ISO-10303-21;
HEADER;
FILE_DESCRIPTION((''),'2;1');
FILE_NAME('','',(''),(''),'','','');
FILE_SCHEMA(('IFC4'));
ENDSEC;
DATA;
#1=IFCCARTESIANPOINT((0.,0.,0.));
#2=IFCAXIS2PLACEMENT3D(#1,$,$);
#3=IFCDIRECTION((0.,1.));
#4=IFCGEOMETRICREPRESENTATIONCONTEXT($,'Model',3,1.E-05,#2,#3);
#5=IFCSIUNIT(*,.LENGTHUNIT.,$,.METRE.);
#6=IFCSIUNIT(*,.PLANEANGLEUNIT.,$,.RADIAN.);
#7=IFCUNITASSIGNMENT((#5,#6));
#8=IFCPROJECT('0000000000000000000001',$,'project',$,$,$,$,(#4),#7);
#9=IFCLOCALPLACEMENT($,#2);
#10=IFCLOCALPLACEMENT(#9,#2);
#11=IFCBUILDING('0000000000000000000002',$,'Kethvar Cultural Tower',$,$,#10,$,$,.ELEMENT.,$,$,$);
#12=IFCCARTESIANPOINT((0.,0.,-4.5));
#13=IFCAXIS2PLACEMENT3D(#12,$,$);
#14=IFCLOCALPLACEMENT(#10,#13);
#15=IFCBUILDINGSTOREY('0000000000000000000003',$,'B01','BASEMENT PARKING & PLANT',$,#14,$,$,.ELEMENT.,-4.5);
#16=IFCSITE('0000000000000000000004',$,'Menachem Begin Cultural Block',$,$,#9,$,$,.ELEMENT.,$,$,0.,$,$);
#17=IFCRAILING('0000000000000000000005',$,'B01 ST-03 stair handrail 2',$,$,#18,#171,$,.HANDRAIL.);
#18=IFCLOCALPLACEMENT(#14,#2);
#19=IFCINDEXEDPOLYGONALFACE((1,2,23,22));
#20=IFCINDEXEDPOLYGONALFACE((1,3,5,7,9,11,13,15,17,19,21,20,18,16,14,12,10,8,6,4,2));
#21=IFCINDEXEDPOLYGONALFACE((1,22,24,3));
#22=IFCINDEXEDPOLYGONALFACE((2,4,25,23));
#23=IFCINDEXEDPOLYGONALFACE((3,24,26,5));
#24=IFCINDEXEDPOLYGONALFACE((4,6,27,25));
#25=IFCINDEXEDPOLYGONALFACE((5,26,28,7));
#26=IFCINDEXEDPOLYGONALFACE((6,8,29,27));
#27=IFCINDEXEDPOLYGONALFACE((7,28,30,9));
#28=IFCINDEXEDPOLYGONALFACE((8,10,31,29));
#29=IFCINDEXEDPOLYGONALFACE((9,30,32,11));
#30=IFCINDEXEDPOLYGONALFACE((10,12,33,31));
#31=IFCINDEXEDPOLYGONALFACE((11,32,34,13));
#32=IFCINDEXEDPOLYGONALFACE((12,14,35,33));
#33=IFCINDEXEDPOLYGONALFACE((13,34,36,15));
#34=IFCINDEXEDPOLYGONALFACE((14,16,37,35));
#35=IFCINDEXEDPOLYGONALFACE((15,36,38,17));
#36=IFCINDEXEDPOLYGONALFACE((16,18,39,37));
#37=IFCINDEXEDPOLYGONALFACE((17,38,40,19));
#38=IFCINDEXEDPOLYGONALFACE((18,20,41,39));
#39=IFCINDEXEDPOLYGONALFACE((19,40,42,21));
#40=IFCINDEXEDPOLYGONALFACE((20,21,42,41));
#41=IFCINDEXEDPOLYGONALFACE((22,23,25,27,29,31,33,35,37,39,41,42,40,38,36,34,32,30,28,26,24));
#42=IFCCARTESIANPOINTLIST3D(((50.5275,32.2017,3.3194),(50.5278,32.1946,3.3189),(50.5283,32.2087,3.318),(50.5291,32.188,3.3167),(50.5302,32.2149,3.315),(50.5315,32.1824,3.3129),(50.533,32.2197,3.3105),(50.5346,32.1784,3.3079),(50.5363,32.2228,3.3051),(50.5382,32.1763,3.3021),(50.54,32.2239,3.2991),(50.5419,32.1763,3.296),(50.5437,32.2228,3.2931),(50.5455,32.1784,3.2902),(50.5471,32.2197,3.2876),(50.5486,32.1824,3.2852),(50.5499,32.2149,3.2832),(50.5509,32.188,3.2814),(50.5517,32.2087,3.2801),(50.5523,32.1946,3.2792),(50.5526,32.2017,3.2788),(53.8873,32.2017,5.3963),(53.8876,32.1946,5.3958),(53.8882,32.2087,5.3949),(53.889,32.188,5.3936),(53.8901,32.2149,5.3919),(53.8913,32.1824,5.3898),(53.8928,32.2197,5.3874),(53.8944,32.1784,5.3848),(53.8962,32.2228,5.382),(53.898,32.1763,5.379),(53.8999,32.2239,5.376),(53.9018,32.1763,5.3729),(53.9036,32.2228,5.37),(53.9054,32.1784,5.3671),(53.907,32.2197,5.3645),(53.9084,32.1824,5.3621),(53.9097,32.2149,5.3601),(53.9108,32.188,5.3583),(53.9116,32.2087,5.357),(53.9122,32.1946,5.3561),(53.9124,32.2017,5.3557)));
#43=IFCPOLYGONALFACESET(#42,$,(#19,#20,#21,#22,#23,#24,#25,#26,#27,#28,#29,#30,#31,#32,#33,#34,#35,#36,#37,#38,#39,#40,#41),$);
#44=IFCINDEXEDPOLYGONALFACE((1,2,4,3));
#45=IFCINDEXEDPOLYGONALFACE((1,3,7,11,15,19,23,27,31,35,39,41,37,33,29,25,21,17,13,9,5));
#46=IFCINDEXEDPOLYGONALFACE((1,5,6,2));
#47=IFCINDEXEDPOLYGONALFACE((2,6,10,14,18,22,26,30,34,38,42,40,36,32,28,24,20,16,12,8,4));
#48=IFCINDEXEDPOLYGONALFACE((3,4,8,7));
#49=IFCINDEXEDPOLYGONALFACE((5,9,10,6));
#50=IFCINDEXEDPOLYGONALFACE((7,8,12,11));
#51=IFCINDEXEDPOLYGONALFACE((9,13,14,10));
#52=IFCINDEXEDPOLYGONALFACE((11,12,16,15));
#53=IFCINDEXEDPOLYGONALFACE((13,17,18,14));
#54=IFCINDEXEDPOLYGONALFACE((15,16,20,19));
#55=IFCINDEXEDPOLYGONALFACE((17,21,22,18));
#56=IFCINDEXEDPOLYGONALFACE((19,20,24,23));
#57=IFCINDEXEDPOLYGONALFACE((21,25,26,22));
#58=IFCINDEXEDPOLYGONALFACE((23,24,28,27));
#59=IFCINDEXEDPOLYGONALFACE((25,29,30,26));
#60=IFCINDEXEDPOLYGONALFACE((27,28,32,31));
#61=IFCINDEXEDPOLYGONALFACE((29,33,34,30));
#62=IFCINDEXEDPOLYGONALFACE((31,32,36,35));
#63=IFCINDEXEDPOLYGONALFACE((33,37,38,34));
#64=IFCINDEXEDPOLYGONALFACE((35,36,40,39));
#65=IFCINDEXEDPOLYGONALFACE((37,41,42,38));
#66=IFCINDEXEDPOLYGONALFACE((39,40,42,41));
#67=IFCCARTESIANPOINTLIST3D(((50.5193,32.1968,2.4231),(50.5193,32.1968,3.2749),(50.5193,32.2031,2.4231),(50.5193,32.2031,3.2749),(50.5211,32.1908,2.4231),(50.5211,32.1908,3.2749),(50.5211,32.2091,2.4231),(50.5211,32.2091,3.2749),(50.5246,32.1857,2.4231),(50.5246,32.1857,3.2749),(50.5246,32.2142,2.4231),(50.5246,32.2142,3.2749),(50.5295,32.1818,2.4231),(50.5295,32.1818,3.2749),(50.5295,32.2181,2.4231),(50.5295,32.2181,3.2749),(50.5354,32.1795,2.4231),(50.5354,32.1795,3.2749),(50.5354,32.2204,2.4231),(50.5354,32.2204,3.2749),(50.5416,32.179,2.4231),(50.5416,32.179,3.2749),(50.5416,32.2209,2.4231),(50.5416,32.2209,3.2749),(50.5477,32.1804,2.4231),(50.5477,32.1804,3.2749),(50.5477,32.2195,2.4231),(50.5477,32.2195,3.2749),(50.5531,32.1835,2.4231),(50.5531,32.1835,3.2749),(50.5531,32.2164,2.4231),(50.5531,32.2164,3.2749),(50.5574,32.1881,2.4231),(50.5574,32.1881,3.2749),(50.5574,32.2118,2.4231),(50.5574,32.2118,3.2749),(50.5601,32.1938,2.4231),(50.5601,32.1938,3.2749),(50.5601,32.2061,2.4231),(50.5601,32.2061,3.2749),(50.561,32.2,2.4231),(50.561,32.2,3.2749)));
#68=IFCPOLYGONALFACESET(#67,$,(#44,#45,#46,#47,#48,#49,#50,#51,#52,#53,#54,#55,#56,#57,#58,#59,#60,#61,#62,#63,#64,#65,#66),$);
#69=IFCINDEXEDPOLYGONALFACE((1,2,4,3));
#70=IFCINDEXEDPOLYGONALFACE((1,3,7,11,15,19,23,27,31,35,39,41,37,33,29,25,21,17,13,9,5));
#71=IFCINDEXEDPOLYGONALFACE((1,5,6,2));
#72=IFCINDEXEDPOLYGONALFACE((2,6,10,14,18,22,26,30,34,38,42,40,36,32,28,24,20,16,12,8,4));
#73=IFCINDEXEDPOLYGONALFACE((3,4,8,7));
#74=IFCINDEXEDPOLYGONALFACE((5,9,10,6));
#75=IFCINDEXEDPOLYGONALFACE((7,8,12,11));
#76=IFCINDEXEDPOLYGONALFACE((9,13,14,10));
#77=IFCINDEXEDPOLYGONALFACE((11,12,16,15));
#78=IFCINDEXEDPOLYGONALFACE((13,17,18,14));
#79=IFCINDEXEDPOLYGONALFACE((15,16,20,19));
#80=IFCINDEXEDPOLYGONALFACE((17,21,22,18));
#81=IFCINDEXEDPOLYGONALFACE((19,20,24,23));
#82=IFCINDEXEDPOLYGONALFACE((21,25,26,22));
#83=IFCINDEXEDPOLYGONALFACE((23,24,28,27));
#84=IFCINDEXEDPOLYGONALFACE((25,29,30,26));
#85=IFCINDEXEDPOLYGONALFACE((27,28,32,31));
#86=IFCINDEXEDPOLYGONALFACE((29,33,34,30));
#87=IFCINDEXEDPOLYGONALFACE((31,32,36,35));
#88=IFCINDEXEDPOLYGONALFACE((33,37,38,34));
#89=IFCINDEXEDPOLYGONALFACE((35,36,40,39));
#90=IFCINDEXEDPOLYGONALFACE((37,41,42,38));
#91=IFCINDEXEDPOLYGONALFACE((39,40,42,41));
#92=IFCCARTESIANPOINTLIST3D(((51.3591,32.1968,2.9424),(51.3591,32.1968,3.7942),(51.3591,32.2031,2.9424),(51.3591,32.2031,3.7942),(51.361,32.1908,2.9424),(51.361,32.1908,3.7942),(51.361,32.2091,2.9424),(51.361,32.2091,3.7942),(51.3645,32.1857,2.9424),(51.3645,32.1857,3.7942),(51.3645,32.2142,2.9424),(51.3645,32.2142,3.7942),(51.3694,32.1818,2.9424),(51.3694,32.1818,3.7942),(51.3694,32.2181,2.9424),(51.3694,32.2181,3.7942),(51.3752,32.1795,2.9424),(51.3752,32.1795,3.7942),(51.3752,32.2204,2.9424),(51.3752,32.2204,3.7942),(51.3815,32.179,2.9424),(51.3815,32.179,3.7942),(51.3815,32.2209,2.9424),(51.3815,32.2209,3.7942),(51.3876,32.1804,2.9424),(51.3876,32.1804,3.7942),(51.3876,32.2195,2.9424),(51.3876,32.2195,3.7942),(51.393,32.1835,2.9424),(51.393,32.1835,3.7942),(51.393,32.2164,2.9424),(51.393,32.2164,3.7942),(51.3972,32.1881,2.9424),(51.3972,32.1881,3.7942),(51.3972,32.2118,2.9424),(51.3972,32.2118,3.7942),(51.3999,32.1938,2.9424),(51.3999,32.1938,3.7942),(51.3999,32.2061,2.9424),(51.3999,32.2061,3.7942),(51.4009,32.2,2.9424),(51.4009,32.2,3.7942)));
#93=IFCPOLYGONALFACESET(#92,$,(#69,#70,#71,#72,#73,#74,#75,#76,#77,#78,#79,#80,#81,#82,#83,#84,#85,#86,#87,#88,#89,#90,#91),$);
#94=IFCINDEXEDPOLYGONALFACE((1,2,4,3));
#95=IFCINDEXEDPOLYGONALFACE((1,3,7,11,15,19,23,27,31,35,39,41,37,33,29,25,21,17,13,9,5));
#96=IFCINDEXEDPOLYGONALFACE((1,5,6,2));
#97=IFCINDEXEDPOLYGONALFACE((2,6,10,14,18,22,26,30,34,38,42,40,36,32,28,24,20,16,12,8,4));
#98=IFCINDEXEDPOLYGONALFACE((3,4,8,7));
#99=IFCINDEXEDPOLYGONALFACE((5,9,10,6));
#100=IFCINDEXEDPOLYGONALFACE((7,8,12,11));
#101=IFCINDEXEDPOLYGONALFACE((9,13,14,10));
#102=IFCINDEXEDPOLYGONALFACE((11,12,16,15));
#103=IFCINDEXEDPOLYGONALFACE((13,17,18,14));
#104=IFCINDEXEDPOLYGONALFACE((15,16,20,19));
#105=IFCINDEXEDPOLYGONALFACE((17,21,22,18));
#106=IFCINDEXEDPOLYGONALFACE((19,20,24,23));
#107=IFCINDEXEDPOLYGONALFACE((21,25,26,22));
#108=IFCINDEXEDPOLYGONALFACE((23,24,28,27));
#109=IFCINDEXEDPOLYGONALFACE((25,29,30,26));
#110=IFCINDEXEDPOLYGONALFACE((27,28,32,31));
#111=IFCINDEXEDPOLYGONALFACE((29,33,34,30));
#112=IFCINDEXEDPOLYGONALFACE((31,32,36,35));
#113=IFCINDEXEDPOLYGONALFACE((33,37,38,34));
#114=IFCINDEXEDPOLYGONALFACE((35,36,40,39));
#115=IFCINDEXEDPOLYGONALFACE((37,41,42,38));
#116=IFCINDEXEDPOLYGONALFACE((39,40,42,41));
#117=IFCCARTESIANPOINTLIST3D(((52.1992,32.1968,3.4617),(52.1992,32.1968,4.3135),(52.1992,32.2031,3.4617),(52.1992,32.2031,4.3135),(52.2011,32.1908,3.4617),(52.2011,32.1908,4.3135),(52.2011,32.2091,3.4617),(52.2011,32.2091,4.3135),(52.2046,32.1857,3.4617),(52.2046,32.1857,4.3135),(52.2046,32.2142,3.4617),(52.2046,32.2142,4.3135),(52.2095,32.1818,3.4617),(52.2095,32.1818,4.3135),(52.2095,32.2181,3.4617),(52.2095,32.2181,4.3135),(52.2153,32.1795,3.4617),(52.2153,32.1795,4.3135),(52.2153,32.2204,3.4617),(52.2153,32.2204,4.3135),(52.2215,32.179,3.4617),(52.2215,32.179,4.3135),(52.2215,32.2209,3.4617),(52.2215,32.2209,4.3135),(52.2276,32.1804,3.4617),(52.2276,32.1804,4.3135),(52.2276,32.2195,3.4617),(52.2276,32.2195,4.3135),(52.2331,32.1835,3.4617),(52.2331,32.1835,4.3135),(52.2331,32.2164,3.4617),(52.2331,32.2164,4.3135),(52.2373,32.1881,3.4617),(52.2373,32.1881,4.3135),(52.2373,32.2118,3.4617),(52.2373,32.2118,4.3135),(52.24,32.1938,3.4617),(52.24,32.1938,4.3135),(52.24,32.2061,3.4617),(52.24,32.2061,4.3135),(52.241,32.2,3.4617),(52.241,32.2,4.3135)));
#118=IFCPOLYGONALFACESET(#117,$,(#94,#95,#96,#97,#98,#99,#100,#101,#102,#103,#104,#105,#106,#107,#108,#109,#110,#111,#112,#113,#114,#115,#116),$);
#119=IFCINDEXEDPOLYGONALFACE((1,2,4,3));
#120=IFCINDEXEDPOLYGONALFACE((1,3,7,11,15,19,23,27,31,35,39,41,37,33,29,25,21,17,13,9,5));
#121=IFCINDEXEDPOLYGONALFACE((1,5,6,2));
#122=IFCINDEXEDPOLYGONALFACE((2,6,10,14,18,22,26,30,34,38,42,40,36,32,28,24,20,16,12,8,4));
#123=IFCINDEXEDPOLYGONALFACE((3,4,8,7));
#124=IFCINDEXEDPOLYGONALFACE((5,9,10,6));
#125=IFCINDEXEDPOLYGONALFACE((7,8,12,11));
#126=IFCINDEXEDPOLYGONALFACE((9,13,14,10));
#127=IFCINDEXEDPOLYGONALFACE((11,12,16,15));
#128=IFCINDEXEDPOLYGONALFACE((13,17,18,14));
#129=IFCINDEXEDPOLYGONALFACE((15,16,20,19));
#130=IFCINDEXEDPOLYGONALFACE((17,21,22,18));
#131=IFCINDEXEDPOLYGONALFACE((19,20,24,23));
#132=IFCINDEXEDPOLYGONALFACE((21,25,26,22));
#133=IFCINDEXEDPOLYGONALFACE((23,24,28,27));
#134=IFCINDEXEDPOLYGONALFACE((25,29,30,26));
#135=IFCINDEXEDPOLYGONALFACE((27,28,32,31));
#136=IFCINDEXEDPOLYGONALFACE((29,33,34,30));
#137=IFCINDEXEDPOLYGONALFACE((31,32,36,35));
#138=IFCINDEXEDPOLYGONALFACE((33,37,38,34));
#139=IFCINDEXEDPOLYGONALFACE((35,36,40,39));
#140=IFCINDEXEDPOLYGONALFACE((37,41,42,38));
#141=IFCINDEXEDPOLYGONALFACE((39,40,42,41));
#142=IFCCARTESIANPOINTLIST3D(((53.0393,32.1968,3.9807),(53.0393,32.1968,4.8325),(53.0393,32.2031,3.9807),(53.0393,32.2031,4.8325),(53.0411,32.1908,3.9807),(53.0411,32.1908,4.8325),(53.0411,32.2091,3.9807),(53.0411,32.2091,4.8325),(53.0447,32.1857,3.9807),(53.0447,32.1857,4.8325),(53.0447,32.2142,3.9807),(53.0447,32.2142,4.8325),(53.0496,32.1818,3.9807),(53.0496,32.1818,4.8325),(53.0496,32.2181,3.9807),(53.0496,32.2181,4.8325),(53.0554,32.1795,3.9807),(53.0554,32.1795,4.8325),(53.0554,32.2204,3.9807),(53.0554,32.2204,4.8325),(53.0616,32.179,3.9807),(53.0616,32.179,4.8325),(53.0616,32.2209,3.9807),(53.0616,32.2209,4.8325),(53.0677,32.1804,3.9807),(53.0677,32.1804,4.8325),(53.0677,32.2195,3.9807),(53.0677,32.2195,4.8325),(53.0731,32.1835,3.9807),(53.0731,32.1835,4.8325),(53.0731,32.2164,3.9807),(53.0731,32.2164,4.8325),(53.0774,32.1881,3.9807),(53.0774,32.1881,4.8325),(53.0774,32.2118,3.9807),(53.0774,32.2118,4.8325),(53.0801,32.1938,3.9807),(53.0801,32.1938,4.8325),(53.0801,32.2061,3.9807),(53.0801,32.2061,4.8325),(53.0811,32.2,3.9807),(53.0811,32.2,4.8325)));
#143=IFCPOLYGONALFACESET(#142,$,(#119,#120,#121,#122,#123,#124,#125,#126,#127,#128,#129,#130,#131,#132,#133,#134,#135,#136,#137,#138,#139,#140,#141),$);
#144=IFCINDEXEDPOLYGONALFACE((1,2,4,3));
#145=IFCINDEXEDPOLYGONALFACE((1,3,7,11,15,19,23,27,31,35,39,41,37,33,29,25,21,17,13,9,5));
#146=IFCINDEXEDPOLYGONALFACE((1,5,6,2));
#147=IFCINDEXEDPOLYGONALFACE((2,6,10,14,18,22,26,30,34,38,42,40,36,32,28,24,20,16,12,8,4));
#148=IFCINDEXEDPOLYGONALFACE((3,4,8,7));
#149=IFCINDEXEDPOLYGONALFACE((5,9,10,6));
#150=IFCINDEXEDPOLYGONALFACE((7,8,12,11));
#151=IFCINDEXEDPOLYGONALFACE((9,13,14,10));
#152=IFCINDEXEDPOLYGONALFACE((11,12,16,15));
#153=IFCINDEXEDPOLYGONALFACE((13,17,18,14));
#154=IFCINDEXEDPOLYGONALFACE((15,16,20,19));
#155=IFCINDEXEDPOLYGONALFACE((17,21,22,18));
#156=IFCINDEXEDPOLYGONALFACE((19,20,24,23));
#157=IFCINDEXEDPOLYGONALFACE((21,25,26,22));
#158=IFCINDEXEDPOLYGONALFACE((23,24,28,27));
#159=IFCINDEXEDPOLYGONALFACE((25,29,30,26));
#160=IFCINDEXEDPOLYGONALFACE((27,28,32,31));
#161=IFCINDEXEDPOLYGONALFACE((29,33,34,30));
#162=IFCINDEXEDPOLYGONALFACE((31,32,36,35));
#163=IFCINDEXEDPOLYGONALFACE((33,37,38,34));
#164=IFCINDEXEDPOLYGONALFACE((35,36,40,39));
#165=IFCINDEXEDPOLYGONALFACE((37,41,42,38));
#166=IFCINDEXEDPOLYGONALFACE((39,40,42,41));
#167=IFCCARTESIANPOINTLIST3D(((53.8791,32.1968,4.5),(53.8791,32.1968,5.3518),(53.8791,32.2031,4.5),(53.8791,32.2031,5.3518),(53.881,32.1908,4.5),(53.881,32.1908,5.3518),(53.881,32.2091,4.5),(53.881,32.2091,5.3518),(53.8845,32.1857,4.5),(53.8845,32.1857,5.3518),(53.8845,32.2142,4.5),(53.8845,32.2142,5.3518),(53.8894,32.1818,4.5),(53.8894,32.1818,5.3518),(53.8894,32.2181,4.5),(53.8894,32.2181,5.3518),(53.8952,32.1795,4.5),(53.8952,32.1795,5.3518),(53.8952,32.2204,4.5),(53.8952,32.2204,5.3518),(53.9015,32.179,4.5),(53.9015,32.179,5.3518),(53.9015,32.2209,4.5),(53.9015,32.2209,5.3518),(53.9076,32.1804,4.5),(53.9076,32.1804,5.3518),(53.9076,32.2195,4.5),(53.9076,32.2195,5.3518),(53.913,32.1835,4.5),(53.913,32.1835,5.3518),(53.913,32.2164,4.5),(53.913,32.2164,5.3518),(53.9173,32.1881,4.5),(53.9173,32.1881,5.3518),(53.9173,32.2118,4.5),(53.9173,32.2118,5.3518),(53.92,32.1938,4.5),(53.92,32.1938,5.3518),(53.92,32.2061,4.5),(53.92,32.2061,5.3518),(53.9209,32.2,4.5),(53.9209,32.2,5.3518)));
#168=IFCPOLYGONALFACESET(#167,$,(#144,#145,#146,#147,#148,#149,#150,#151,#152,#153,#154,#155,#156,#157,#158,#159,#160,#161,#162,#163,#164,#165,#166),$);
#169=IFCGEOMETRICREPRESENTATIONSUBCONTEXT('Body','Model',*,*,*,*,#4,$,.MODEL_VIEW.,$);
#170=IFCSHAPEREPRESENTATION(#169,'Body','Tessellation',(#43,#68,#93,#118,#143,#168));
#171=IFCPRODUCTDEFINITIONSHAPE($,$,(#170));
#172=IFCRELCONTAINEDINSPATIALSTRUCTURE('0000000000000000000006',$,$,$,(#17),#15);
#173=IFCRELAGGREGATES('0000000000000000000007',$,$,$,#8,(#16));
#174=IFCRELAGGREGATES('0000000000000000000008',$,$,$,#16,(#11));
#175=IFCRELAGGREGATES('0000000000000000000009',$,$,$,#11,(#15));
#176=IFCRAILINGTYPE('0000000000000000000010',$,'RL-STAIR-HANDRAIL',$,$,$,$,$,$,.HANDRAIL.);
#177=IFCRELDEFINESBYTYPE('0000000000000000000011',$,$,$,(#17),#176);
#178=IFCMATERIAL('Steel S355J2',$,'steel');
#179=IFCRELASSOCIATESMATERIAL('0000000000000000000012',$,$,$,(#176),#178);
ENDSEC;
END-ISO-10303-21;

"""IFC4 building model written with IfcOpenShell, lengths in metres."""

from ifc_helpers import new_model, si_unit, direction, frame, origin, origin_2d, place, context, subcontext, project, spatial, circle, extrude, material, type_object, element, save


model = new_model("IFC4")

# Units and contexts
model_context = context("Model", 3, precision=1e-05, world=origin(), true_north=direction((0.0, 1.0)))
body_context = subcontext(model_context, "Body", "Model", "MODEL_VIEW")
ifc_project = project(units=[si_unit("LENGTHUNIT", "METRE"), si_unit("PLANEANGLEUNIT", "RADIAN")], contexts=[model_context])

# Site, building, storey
site_placement = place(None, origin())
site = spatial("IfcSite", under=ifc_project, at=site_placement, Name="Menachem Begin Cultural Block", CompositionType="ELEMENT", RefElevation=0.0)
building_placement = place(site_placement, origin())
building = spatial("IfcBuilding", under=site, at=building_placement, Name="Kethvar Cultural Tower", CompositionType="ELEMENT")
storey_placement = place(building_placement, frame((0.0, 0.0, -4.5)))
storey = spatial("IfcBuildingStorey", under=building, at=storey_placement, Name="B01", Description="BASEMENT PARKING & PLANT", CompositionType="ELEMENT", Elevation=-4.5)

# Shared definitions
ifc_material_1 = material(Name="Steel S355J2", Category="steel")

# Railing
railing_type_1 = type_object("IfcRailingType", Name="RL-STAIR-HANDRAIL", PredefinedType="HANDRAIL", material=ifc_material_1)
railing_1_placement = place(storey_placement, frame((50.54, 32.2, 2.4231)))
element("IfcRailing", 1, at=railing_1_placement, inside=storey, type_object=railing_type_1, Name="B01 ST-03 stair handrail 2", PredefinedType="HANDRAIL", context=body_context, shape_type="SweptSolid", body=[
    extrude(circle(Radius=0.0239, at=origin_2d()), frame((0.0, 0.0, 0.876), z_axis=(0.850606, 0.0, 0.525803), x_axis=(0.0, 1.0, 0.0)), (0.0, 0.0, 1.0), 3.95),
    extrude(circle(Radius=0.021, at=origin_2d()), origin(), (0.0, 0.0, 1.0), 0.8518),
    extrude(circle(Radius=0.021, at=origin_2d()), frame((0.8398, 0.0, 0.5193)), (0.0, 0.0, 1.0), 0.8518),
    extrude(circle(Radius=0.021, at=origin_2d()), frame((1.6799, 0.0, 1.0386)), (0.0, 0.0, 1.0), 0.8518),
    extrude(circle(Radius=0.021, at=origin_2d()), frame((2.52, 0.0, 1.5576)), (0.0, 0.0, 1.0), 0.8518),
    extrude(circle(Radius=0.021, at=origin_2d()), frame((3.3599, 0.0, 2.0769)), (0.0, 0.0, 1.0), 0.8518),
])

save(model, "model.ifc")
